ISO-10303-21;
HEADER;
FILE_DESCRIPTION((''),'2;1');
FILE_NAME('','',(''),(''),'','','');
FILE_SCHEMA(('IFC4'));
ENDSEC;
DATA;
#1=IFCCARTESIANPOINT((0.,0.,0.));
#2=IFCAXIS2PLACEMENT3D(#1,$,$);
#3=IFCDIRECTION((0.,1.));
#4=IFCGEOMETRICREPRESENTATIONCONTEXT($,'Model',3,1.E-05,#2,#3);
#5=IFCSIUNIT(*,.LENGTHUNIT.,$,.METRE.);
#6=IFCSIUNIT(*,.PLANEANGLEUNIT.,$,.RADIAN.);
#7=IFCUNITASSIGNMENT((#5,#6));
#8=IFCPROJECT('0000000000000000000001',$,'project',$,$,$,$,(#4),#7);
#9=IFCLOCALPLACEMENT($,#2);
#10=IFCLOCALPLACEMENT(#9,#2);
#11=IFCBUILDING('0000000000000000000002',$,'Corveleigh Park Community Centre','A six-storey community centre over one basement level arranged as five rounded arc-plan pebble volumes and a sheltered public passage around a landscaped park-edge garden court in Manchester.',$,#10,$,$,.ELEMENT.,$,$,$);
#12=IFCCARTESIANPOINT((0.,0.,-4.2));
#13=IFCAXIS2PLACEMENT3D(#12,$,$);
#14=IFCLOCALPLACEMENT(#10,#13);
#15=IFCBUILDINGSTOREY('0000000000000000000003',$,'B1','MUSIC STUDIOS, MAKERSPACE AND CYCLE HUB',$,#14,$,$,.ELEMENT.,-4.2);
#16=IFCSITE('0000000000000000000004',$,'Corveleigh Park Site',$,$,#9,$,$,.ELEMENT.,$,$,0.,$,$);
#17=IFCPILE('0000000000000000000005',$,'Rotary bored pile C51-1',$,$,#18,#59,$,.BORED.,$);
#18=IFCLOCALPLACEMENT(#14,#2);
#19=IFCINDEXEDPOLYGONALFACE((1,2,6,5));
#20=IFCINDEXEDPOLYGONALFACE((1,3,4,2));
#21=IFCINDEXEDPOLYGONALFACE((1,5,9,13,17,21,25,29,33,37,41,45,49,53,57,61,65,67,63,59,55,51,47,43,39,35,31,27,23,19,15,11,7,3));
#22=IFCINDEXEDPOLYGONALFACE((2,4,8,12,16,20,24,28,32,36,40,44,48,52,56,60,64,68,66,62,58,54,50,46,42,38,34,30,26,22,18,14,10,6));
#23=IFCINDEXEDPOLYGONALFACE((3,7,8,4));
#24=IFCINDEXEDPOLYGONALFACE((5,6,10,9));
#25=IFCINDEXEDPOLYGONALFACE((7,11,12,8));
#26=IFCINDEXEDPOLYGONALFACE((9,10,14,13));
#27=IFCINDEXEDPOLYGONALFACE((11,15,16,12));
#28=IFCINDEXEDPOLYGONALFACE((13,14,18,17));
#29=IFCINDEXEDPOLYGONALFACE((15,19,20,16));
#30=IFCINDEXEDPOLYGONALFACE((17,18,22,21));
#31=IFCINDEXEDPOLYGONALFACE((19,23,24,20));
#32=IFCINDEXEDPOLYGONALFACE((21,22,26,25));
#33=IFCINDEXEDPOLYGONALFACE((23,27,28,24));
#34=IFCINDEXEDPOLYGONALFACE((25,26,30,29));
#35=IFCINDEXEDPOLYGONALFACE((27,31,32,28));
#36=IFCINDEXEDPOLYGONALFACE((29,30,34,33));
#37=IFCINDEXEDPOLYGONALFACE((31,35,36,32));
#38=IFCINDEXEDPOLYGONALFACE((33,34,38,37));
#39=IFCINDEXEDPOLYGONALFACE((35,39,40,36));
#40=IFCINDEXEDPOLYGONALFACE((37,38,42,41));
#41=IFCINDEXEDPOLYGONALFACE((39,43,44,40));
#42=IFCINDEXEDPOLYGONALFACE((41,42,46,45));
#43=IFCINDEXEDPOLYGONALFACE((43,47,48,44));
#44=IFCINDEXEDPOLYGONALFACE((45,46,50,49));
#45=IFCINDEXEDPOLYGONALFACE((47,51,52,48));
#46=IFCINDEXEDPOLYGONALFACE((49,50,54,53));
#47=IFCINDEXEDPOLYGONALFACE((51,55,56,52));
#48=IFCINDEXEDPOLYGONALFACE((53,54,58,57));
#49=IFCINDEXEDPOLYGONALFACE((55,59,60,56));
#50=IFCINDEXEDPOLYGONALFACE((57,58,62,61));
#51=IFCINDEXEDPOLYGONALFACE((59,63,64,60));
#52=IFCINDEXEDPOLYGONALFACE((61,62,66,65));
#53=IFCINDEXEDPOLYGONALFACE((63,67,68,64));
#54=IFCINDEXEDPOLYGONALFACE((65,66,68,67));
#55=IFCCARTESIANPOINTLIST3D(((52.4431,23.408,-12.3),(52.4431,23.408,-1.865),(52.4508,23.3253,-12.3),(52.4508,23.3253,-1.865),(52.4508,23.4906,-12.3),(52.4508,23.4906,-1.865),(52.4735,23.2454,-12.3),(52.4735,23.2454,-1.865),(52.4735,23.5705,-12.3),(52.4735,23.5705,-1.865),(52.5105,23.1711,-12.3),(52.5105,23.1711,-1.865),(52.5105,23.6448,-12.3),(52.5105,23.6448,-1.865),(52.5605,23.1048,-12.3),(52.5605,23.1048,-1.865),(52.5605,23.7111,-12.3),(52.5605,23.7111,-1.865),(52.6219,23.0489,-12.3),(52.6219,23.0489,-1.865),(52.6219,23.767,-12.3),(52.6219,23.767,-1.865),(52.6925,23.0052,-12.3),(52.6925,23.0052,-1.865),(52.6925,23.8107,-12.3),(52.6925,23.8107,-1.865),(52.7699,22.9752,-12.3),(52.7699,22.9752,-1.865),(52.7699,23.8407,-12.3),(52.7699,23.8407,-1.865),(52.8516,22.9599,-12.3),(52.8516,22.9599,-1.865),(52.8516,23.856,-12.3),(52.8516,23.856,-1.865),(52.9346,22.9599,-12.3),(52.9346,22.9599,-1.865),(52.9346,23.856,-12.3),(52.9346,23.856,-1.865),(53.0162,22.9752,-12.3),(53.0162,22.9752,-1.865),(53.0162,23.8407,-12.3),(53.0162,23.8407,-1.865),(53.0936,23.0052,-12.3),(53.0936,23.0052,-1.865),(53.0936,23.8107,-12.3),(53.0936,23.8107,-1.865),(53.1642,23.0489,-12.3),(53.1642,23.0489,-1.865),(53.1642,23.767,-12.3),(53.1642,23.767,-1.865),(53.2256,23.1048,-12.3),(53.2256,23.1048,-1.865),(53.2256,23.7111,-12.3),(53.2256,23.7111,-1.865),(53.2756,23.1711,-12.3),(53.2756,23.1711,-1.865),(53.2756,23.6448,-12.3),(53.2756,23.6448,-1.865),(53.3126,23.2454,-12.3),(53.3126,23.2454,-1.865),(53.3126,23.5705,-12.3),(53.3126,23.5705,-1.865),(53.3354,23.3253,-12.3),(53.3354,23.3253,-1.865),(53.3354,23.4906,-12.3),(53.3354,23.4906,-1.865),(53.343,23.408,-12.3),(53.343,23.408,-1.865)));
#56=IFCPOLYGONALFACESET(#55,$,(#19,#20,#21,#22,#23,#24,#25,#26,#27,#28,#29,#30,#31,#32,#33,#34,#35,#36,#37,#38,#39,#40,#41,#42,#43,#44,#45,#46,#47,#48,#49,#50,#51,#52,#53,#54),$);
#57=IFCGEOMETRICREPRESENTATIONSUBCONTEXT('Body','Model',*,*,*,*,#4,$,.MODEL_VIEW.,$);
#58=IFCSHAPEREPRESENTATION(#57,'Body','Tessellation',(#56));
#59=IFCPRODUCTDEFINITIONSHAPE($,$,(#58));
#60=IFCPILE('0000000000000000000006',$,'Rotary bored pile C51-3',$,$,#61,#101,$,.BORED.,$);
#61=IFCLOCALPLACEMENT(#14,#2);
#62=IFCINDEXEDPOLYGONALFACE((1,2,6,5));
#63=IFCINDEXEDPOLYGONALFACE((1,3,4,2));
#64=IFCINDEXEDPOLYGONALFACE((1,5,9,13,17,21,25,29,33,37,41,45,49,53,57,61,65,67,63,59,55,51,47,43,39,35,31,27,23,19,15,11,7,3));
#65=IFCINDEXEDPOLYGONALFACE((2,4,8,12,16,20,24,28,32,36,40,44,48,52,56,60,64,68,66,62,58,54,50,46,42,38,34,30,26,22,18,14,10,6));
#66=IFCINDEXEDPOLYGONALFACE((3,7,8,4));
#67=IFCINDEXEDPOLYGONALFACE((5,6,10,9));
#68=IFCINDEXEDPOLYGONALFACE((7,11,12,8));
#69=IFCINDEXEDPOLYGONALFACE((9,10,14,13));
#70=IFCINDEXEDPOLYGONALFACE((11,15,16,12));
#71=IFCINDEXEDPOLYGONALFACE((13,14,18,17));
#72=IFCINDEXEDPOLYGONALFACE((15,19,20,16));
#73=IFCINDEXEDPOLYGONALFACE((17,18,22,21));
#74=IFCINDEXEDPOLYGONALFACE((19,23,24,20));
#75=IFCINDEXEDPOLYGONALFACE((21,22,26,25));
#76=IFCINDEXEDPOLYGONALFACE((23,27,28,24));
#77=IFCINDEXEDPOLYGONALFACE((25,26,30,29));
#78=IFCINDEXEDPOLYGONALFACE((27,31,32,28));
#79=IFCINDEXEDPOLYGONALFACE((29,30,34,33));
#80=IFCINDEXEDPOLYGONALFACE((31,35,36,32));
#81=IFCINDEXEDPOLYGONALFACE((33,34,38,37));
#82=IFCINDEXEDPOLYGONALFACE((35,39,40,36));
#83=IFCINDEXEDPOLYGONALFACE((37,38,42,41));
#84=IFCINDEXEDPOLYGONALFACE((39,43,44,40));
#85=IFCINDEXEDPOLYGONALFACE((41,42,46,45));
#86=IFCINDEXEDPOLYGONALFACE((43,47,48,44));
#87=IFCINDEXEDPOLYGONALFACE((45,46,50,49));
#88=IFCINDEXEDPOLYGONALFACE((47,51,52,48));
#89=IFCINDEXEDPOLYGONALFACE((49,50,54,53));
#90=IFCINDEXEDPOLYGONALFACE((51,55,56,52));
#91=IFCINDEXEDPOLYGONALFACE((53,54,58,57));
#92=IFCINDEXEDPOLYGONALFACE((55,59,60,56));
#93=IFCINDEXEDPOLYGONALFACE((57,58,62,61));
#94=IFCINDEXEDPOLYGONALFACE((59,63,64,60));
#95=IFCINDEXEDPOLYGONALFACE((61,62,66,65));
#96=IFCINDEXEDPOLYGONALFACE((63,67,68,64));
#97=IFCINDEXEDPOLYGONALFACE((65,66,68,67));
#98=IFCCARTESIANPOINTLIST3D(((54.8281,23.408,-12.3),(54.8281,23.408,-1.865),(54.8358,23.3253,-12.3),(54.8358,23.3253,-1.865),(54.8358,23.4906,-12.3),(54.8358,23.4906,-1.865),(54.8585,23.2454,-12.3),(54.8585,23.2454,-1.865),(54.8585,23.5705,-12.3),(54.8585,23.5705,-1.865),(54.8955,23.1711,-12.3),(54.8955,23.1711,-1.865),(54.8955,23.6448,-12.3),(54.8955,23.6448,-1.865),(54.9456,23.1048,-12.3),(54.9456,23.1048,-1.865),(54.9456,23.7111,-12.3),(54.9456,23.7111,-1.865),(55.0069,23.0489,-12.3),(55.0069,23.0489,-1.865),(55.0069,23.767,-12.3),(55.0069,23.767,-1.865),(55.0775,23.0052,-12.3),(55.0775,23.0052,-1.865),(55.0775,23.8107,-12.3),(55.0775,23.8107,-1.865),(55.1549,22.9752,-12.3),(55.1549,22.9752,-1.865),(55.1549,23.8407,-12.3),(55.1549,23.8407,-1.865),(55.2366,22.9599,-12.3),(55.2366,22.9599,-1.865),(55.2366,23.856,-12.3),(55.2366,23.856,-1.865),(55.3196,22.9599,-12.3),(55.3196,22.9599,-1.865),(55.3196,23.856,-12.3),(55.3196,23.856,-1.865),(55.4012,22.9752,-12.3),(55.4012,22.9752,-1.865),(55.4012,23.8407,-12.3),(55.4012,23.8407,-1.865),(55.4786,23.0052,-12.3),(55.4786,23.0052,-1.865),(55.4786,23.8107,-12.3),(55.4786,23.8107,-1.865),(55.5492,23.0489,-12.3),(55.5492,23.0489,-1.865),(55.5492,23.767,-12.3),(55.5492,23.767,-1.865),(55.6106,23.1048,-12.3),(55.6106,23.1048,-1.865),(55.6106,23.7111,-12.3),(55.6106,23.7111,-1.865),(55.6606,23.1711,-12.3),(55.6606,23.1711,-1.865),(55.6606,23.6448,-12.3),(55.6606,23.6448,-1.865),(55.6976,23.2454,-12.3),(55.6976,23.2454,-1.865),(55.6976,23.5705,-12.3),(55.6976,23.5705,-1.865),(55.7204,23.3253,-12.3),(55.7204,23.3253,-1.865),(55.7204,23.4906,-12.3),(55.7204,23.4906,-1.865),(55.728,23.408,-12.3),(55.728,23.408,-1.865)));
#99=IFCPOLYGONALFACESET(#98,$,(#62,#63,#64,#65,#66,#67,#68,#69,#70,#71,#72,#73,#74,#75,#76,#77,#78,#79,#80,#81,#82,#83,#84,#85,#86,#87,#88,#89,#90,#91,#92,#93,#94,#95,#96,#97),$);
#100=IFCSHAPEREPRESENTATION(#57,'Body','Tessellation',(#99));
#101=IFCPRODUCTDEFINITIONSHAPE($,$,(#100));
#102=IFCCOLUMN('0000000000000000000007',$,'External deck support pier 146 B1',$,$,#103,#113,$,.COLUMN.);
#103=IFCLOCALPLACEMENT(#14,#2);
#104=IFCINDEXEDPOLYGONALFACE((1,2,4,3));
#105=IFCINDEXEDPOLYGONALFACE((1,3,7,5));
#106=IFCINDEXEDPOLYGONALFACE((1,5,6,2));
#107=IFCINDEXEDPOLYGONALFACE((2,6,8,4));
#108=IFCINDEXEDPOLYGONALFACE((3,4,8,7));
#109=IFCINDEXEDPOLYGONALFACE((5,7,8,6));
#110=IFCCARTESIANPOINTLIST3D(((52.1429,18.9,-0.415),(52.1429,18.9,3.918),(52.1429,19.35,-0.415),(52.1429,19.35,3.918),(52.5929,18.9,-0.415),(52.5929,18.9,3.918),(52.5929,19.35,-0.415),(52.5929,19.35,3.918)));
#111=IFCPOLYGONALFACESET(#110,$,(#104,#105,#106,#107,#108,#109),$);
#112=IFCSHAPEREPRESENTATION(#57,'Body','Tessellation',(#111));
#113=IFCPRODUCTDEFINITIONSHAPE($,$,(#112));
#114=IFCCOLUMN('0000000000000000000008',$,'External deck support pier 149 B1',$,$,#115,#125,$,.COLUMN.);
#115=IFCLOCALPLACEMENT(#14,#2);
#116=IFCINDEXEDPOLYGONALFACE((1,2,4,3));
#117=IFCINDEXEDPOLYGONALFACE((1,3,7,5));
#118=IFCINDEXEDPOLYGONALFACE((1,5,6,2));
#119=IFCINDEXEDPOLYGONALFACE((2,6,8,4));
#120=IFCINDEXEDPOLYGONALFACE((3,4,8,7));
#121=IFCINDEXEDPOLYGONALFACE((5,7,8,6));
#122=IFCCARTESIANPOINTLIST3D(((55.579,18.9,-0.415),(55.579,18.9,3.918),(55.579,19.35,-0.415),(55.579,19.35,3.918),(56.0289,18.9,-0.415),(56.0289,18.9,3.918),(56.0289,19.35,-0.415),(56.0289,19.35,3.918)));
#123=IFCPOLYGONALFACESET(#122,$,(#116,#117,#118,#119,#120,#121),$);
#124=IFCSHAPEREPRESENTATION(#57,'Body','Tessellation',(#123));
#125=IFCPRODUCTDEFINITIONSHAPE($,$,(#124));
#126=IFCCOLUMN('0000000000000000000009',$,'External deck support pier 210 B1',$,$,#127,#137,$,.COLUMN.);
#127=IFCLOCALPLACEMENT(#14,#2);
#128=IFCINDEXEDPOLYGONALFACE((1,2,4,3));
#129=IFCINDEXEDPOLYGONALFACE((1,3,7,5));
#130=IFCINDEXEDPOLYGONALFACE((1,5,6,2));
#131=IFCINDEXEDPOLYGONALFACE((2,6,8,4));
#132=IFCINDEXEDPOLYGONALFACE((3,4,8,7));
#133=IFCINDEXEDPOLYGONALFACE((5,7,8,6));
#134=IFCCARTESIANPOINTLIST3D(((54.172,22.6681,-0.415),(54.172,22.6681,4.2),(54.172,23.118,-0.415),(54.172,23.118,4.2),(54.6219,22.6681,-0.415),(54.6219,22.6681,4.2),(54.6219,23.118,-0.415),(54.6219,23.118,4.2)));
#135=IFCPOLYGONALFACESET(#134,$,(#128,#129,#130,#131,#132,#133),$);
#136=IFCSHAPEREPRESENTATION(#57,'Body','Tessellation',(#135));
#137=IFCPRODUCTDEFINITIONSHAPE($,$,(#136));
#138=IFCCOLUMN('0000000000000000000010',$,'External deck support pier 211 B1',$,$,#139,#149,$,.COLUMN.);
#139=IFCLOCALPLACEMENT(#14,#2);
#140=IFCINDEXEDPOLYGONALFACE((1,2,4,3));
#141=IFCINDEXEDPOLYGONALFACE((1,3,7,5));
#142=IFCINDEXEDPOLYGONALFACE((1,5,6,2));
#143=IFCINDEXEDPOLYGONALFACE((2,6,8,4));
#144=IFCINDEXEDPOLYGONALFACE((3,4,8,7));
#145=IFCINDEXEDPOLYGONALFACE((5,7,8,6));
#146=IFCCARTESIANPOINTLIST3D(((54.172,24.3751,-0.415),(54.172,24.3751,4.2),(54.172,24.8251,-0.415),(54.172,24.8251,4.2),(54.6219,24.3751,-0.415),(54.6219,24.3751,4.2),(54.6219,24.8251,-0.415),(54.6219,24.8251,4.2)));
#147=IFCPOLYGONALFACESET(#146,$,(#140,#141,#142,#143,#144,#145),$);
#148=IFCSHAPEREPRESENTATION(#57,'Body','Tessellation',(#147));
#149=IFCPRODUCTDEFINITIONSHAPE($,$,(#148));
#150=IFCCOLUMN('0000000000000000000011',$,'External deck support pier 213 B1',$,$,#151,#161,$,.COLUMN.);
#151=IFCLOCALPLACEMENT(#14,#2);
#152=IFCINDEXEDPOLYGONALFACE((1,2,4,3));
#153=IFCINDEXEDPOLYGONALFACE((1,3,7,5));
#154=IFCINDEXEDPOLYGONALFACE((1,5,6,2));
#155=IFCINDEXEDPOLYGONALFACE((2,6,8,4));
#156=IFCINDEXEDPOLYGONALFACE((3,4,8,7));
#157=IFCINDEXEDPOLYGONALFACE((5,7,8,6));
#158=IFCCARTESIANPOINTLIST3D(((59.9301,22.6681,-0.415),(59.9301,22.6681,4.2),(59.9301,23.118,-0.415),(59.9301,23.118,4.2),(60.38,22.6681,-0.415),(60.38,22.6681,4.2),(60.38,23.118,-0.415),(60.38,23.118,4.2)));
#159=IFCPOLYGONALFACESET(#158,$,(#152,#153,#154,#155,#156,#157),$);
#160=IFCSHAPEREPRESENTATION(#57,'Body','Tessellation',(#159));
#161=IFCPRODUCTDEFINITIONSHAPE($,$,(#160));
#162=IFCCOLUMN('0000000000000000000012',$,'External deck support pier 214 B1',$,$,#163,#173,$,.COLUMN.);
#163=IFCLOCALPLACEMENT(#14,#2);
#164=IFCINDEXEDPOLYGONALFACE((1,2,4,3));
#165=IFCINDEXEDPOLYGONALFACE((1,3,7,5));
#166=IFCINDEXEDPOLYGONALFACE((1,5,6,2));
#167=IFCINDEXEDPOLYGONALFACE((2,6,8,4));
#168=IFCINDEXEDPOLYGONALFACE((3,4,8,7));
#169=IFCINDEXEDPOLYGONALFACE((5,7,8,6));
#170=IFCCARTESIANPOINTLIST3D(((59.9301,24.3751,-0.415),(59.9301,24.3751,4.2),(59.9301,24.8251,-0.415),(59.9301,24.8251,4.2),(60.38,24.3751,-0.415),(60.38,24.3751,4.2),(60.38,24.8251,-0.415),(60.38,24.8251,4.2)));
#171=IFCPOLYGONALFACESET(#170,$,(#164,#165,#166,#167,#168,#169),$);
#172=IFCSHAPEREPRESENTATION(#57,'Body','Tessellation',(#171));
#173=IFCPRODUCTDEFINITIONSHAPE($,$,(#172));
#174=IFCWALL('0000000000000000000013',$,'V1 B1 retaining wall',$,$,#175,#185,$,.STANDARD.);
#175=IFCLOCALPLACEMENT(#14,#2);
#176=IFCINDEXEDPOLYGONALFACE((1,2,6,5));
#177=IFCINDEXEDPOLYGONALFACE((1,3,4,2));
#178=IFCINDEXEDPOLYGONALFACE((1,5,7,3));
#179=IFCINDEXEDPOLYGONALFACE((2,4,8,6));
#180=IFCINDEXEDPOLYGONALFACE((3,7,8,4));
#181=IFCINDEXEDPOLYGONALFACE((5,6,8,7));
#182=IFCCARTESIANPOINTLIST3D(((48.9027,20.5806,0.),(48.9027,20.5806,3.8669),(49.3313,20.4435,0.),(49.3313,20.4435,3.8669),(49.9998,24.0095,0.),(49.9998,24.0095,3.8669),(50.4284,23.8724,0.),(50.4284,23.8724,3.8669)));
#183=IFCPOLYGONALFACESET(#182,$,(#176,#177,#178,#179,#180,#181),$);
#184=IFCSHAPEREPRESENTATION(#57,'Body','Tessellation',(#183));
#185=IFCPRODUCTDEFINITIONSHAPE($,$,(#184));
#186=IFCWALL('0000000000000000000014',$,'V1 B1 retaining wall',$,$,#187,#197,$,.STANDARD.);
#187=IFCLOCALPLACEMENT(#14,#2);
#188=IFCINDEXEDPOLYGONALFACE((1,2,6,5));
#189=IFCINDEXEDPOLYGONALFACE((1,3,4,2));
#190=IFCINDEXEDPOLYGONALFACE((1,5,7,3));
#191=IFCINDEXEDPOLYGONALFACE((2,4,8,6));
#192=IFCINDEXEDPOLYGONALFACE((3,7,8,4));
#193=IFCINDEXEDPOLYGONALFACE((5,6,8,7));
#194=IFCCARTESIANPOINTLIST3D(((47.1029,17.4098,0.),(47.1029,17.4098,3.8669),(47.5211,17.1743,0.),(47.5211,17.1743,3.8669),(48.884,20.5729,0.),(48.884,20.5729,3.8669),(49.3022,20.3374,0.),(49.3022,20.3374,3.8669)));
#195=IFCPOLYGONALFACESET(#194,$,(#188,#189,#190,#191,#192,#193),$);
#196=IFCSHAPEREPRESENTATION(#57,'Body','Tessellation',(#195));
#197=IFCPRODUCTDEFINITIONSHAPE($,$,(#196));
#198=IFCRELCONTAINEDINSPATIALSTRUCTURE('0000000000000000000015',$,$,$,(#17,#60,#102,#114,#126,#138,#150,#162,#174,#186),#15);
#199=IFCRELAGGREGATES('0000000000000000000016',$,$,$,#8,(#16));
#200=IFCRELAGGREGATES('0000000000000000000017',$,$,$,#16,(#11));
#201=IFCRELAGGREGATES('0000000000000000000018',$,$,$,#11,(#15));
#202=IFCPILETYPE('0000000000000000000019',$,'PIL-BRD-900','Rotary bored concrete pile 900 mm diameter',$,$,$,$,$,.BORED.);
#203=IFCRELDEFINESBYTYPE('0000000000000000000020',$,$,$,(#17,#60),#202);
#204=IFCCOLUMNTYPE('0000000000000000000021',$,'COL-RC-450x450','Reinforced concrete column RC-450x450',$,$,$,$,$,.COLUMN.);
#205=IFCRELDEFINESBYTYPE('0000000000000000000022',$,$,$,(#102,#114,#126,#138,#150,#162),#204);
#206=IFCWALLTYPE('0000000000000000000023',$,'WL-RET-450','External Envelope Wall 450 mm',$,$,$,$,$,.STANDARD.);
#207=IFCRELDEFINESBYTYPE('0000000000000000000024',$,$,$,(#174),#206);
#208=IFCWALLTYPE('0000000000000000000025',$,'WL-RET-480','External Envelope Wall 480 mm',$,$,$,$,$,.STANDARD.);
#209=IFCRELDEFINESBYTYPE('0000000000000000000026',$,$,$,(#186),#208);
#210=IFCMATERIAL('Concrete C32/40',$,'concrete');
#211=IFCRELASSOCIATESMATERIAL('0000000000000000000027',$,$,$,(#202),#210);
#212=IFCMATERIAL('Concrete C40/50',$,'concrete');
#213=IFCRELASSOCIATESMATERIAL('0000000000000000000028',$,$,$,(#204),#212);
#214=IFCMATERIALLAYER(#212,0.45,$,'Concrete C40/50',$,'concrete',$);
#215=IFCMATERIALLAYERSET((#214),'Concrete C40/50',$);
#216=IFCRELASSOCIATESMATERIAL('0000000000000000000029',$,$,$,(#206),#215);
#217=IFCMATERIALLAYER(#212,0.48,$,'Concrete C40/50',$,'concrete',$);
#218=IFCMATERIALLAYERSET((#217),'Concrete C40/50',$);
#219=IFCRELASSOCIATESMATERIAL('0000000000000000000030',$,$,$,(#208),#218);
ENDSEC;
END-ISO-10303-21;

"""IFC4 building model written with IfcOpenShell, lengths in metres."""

from ifc_helpers import new_model, si_unit, direction, frame, frame_2d, origin, origin_2d, place, context, subcontext, project, spatial, rectangle, circle, extrude, material, layer, layer_set, material_profile, profile_set, type_object, element, save


model = new_model("IFC4")

# Units and contexts
model_context = context("Model", 3, precision=1e-05, world=origin(), true_north=direction((0.0, 1.0)))
body_context = subcontext(model_context, "Body", "Model", "MODEL_VIEW")
ifc_project = project(units=[si_unit("LENGTHUNIT", "METRE"), si_unit("PLANEANGLEUNIT", "RADIAN")], contexts=[model_context])

# Site, building, storey
site_placement = place(None, origin())
site = spatial("IfcSite", under=ifc_project, at=site_placement, Name="Corveleigh Park Site", CompositionType="ELEMENT", RefElevation=0.0)
building_placement = place(site_placement, origin())
building = spatial("IfcBuilding", under=site, at=building_placement, Name="Corveleigh Park Community Centre", Description="A six-storey community centre over one basement level arranged as five rounded arc-plan pebble volumes and a sheltered public passage around a landscaped park-edge garden court in Manchester.", CompositionType="ELEMENT")
storey_placement = place(building_placement, frame((0.0, 0.0, -4.2)))
storey = spatial("IfcBuildingStorey", under=building, at=storey_placement, Name="B1", Description="MUSIC STUDIOS, MAKERSPACE AND CYCLE HUB", CompositionType="ELEMENT", Elevation=-4.2)

# Shared definitions
ifc_material_1 = material(Name="Concrete C40/50", Category="concrete")

# Piles
ifc_material_2 = material(Name="Concrete C32/40", Category="concrete")
ifc_material_profile_1 = material_profile(ifc_material_2, circle(Radius=0.45, at=origin_2d()), Name="BORED-PILE-900", Category="concrete")
ifc_profile_set_1 = profile_set([ifc_material_profile_1], Name="Concrete C32/40")
pile_type_1 = type_object("IfcPileType", Name="PIL-BRD-900", Description="Rotary bored concrete pile 900 mm diameter", PredefinedType="BORED", material=ifc_profile_set_1)
for number, where, z_axis, x_axis, name in (
    (1, (52.8931, 23.408, -1.865), (0.0, 0.0, -1.0), (1.0, 0.0, 0.0), "Rotary bored pile C51-1"),
    (2, (55.2781, 23.408, -1.865), (0.0, 0.0, -1.0), (1.0, 0.0, 0.0), "Rotary bored pile C51-3"),
):
    element("IfcPile", number, at=place(storey_placement, frame(where, z_axis=z_axis, x_axis=x_axis)), inside=storey, type_object=pile_type_1, Name=name, PredefinedType="BORED", context=body_context, shape_type="SweptSolid", body=[
        extrude(circle(Radius=0.45, at=origin_2d()), origin(), (0.0, 0.0, 1.0), 10.4351),
    ])

# Columns
ifc_material_profile_2 = material_profile(ifc_material_1, rectangle(XDim=0.45, YDim=0.45, at=origin_2d()), Name="RC-450x450", Category="concrete")
ifc_profile_set_2 = profile_set([ifc_material_profile_2], Name="Concrete C40/50")
column_type = type_object("IfcColumnType", Name="COL-RC-450x450", Description="Reinforced concrete column RC-450x450", PredefinedType="COLUMN", material=ifc_profile_set_2)
for number, where, z_axis, x_axis, name in (
    (3, (52.3679, 19.125, -0.415), (0.0, 0.0, 1.0), (1.0, 0.0, 0.0), "External deck support pier 146 B1"),
    (4, (55.804, 19.125, -0.415), (0.0, 0.0, 1.0), (1.0, 0.0, 0.0), "External deck support pier 149 B1"),
):
    element("IfcColumn", number, at=place(storey_placement, frame(where, z_axis=z_axis, x_axis=x_axis)), inside=storey, type_object=column_type, Name=name, PredefinedType="COLUMN", context=body_context, shape_type="SweptSolid", body=[
        extrude(rectangle(XDim=0.45, YDim=0.45, at=origin_2d()), origin(), (0.0, 0.0, 1.0), 4.333),
    ])
for number, where, z_axis, x_axis, name in (
    (5, (54.397, 22.8931, -0.415), (0.0, 0.0, 1.0), (1.0, 0.0, 0.0), "External deck support pier 210 B1"),
    (6, (54.397, 24.6001, -0.415), (0.0, 0.0, 1.0), (1.0, 0.0, 0.0), "External deck support pier 211 B1"),
    (7, (60.155, 22.8931, -0.415), (0.0, 0.0, 1.0), (1.0, 0.0, 0.0), "External deck support pier 213 B1"),
    (8, (60.155, 24.6001, -0.415), (0.0, 0.0, 1.0), (1.0, 0.0, 0.0), "External deck support pier 214 B1"),
):
    element("IfcColumn", number, at=place(storey_placement, frame(where, z_axis=z_axis, x_axis=x_axis)), inside=storey, type_object=column_type, Name=name, PredefinedType="COLUMN", context=body_context, shape_type="SweptSolid", body=[
        extrude(rectangle(XDim=0.45, YDim=0.45, at=origin_2d()), origin(), (0.0, 0.0, 1.0), 4.615),
    ])

# Walls
ifc_layer_1 = layer(ifc_material_1, 0.45, Name="Concrete C40/50", Category="concrete")
ifc_layer_set_1 = layer_set([ifc_layer_1], Name="Concrete C40/50")
wall_type_1 = type_object("IfcWallType", Name="WL-RET-450", Description="External Envelope Wall 450 mm", PredefinedType="STANDARD", material=ifc_layer_set_1)
wall_1_placement = place(storey_placement, frame((50.2141, 23.9409, 0.0), z_axis=(0.0, 0.0, 1.0), x_axis=(-0.304751, -0.952432, 0.0)))
element("IfcWall", 9, at=wall_1_placement, inside=storey, type_object=wall_type_1, Name="V1 B1 retaining wall", PredefinedType="STANDARD", context=body_context, shape_type="SweptSolid", body=[
    extrude(rectangle(XDim=3.6001, YDim=0.45, at=frame_2d((1.8, 0.0))), origin(), (0.0, 0.0, 1.0), 3.8669),
])
ifc_layer_2 = layer(ifc_material_1, 0.48, Name="Concrete C40/50", Category="concrete")
ifc_layer_set_2 = layer_set([ifc_layer_2], Name="Concrete C40/50")
wall_type_2 = type_object("IfcWallType", Name="WL-RET-480", Description="External Envelope Wall 480 mm", PredefinedType="STANDARD", material=ifc_layer_set_2)
wall_2_placement = place(storey_placement, frame((49.093, 20.4551, 0.0), z_axis=(0.0, 0.0, 1.0), x_axis=(-0.490632, -0.871367, 0.0)))
element("IfcWall", 10, at=wall_2_placement, inside=storey, type_object=wall_type_2, Name="V1 B1 retaining wall", PredefinedType="STANDARD", context=body_context, shape_type="SweptSolid", body=[
    extrude(rectangle(XDim=3.6301, YDim=0.48, at=frame_2d((1.8149, 0.0))), origin(), (0.0, 0.0, 1.0), 3.8669),
])

save(model, "model.ifc")
